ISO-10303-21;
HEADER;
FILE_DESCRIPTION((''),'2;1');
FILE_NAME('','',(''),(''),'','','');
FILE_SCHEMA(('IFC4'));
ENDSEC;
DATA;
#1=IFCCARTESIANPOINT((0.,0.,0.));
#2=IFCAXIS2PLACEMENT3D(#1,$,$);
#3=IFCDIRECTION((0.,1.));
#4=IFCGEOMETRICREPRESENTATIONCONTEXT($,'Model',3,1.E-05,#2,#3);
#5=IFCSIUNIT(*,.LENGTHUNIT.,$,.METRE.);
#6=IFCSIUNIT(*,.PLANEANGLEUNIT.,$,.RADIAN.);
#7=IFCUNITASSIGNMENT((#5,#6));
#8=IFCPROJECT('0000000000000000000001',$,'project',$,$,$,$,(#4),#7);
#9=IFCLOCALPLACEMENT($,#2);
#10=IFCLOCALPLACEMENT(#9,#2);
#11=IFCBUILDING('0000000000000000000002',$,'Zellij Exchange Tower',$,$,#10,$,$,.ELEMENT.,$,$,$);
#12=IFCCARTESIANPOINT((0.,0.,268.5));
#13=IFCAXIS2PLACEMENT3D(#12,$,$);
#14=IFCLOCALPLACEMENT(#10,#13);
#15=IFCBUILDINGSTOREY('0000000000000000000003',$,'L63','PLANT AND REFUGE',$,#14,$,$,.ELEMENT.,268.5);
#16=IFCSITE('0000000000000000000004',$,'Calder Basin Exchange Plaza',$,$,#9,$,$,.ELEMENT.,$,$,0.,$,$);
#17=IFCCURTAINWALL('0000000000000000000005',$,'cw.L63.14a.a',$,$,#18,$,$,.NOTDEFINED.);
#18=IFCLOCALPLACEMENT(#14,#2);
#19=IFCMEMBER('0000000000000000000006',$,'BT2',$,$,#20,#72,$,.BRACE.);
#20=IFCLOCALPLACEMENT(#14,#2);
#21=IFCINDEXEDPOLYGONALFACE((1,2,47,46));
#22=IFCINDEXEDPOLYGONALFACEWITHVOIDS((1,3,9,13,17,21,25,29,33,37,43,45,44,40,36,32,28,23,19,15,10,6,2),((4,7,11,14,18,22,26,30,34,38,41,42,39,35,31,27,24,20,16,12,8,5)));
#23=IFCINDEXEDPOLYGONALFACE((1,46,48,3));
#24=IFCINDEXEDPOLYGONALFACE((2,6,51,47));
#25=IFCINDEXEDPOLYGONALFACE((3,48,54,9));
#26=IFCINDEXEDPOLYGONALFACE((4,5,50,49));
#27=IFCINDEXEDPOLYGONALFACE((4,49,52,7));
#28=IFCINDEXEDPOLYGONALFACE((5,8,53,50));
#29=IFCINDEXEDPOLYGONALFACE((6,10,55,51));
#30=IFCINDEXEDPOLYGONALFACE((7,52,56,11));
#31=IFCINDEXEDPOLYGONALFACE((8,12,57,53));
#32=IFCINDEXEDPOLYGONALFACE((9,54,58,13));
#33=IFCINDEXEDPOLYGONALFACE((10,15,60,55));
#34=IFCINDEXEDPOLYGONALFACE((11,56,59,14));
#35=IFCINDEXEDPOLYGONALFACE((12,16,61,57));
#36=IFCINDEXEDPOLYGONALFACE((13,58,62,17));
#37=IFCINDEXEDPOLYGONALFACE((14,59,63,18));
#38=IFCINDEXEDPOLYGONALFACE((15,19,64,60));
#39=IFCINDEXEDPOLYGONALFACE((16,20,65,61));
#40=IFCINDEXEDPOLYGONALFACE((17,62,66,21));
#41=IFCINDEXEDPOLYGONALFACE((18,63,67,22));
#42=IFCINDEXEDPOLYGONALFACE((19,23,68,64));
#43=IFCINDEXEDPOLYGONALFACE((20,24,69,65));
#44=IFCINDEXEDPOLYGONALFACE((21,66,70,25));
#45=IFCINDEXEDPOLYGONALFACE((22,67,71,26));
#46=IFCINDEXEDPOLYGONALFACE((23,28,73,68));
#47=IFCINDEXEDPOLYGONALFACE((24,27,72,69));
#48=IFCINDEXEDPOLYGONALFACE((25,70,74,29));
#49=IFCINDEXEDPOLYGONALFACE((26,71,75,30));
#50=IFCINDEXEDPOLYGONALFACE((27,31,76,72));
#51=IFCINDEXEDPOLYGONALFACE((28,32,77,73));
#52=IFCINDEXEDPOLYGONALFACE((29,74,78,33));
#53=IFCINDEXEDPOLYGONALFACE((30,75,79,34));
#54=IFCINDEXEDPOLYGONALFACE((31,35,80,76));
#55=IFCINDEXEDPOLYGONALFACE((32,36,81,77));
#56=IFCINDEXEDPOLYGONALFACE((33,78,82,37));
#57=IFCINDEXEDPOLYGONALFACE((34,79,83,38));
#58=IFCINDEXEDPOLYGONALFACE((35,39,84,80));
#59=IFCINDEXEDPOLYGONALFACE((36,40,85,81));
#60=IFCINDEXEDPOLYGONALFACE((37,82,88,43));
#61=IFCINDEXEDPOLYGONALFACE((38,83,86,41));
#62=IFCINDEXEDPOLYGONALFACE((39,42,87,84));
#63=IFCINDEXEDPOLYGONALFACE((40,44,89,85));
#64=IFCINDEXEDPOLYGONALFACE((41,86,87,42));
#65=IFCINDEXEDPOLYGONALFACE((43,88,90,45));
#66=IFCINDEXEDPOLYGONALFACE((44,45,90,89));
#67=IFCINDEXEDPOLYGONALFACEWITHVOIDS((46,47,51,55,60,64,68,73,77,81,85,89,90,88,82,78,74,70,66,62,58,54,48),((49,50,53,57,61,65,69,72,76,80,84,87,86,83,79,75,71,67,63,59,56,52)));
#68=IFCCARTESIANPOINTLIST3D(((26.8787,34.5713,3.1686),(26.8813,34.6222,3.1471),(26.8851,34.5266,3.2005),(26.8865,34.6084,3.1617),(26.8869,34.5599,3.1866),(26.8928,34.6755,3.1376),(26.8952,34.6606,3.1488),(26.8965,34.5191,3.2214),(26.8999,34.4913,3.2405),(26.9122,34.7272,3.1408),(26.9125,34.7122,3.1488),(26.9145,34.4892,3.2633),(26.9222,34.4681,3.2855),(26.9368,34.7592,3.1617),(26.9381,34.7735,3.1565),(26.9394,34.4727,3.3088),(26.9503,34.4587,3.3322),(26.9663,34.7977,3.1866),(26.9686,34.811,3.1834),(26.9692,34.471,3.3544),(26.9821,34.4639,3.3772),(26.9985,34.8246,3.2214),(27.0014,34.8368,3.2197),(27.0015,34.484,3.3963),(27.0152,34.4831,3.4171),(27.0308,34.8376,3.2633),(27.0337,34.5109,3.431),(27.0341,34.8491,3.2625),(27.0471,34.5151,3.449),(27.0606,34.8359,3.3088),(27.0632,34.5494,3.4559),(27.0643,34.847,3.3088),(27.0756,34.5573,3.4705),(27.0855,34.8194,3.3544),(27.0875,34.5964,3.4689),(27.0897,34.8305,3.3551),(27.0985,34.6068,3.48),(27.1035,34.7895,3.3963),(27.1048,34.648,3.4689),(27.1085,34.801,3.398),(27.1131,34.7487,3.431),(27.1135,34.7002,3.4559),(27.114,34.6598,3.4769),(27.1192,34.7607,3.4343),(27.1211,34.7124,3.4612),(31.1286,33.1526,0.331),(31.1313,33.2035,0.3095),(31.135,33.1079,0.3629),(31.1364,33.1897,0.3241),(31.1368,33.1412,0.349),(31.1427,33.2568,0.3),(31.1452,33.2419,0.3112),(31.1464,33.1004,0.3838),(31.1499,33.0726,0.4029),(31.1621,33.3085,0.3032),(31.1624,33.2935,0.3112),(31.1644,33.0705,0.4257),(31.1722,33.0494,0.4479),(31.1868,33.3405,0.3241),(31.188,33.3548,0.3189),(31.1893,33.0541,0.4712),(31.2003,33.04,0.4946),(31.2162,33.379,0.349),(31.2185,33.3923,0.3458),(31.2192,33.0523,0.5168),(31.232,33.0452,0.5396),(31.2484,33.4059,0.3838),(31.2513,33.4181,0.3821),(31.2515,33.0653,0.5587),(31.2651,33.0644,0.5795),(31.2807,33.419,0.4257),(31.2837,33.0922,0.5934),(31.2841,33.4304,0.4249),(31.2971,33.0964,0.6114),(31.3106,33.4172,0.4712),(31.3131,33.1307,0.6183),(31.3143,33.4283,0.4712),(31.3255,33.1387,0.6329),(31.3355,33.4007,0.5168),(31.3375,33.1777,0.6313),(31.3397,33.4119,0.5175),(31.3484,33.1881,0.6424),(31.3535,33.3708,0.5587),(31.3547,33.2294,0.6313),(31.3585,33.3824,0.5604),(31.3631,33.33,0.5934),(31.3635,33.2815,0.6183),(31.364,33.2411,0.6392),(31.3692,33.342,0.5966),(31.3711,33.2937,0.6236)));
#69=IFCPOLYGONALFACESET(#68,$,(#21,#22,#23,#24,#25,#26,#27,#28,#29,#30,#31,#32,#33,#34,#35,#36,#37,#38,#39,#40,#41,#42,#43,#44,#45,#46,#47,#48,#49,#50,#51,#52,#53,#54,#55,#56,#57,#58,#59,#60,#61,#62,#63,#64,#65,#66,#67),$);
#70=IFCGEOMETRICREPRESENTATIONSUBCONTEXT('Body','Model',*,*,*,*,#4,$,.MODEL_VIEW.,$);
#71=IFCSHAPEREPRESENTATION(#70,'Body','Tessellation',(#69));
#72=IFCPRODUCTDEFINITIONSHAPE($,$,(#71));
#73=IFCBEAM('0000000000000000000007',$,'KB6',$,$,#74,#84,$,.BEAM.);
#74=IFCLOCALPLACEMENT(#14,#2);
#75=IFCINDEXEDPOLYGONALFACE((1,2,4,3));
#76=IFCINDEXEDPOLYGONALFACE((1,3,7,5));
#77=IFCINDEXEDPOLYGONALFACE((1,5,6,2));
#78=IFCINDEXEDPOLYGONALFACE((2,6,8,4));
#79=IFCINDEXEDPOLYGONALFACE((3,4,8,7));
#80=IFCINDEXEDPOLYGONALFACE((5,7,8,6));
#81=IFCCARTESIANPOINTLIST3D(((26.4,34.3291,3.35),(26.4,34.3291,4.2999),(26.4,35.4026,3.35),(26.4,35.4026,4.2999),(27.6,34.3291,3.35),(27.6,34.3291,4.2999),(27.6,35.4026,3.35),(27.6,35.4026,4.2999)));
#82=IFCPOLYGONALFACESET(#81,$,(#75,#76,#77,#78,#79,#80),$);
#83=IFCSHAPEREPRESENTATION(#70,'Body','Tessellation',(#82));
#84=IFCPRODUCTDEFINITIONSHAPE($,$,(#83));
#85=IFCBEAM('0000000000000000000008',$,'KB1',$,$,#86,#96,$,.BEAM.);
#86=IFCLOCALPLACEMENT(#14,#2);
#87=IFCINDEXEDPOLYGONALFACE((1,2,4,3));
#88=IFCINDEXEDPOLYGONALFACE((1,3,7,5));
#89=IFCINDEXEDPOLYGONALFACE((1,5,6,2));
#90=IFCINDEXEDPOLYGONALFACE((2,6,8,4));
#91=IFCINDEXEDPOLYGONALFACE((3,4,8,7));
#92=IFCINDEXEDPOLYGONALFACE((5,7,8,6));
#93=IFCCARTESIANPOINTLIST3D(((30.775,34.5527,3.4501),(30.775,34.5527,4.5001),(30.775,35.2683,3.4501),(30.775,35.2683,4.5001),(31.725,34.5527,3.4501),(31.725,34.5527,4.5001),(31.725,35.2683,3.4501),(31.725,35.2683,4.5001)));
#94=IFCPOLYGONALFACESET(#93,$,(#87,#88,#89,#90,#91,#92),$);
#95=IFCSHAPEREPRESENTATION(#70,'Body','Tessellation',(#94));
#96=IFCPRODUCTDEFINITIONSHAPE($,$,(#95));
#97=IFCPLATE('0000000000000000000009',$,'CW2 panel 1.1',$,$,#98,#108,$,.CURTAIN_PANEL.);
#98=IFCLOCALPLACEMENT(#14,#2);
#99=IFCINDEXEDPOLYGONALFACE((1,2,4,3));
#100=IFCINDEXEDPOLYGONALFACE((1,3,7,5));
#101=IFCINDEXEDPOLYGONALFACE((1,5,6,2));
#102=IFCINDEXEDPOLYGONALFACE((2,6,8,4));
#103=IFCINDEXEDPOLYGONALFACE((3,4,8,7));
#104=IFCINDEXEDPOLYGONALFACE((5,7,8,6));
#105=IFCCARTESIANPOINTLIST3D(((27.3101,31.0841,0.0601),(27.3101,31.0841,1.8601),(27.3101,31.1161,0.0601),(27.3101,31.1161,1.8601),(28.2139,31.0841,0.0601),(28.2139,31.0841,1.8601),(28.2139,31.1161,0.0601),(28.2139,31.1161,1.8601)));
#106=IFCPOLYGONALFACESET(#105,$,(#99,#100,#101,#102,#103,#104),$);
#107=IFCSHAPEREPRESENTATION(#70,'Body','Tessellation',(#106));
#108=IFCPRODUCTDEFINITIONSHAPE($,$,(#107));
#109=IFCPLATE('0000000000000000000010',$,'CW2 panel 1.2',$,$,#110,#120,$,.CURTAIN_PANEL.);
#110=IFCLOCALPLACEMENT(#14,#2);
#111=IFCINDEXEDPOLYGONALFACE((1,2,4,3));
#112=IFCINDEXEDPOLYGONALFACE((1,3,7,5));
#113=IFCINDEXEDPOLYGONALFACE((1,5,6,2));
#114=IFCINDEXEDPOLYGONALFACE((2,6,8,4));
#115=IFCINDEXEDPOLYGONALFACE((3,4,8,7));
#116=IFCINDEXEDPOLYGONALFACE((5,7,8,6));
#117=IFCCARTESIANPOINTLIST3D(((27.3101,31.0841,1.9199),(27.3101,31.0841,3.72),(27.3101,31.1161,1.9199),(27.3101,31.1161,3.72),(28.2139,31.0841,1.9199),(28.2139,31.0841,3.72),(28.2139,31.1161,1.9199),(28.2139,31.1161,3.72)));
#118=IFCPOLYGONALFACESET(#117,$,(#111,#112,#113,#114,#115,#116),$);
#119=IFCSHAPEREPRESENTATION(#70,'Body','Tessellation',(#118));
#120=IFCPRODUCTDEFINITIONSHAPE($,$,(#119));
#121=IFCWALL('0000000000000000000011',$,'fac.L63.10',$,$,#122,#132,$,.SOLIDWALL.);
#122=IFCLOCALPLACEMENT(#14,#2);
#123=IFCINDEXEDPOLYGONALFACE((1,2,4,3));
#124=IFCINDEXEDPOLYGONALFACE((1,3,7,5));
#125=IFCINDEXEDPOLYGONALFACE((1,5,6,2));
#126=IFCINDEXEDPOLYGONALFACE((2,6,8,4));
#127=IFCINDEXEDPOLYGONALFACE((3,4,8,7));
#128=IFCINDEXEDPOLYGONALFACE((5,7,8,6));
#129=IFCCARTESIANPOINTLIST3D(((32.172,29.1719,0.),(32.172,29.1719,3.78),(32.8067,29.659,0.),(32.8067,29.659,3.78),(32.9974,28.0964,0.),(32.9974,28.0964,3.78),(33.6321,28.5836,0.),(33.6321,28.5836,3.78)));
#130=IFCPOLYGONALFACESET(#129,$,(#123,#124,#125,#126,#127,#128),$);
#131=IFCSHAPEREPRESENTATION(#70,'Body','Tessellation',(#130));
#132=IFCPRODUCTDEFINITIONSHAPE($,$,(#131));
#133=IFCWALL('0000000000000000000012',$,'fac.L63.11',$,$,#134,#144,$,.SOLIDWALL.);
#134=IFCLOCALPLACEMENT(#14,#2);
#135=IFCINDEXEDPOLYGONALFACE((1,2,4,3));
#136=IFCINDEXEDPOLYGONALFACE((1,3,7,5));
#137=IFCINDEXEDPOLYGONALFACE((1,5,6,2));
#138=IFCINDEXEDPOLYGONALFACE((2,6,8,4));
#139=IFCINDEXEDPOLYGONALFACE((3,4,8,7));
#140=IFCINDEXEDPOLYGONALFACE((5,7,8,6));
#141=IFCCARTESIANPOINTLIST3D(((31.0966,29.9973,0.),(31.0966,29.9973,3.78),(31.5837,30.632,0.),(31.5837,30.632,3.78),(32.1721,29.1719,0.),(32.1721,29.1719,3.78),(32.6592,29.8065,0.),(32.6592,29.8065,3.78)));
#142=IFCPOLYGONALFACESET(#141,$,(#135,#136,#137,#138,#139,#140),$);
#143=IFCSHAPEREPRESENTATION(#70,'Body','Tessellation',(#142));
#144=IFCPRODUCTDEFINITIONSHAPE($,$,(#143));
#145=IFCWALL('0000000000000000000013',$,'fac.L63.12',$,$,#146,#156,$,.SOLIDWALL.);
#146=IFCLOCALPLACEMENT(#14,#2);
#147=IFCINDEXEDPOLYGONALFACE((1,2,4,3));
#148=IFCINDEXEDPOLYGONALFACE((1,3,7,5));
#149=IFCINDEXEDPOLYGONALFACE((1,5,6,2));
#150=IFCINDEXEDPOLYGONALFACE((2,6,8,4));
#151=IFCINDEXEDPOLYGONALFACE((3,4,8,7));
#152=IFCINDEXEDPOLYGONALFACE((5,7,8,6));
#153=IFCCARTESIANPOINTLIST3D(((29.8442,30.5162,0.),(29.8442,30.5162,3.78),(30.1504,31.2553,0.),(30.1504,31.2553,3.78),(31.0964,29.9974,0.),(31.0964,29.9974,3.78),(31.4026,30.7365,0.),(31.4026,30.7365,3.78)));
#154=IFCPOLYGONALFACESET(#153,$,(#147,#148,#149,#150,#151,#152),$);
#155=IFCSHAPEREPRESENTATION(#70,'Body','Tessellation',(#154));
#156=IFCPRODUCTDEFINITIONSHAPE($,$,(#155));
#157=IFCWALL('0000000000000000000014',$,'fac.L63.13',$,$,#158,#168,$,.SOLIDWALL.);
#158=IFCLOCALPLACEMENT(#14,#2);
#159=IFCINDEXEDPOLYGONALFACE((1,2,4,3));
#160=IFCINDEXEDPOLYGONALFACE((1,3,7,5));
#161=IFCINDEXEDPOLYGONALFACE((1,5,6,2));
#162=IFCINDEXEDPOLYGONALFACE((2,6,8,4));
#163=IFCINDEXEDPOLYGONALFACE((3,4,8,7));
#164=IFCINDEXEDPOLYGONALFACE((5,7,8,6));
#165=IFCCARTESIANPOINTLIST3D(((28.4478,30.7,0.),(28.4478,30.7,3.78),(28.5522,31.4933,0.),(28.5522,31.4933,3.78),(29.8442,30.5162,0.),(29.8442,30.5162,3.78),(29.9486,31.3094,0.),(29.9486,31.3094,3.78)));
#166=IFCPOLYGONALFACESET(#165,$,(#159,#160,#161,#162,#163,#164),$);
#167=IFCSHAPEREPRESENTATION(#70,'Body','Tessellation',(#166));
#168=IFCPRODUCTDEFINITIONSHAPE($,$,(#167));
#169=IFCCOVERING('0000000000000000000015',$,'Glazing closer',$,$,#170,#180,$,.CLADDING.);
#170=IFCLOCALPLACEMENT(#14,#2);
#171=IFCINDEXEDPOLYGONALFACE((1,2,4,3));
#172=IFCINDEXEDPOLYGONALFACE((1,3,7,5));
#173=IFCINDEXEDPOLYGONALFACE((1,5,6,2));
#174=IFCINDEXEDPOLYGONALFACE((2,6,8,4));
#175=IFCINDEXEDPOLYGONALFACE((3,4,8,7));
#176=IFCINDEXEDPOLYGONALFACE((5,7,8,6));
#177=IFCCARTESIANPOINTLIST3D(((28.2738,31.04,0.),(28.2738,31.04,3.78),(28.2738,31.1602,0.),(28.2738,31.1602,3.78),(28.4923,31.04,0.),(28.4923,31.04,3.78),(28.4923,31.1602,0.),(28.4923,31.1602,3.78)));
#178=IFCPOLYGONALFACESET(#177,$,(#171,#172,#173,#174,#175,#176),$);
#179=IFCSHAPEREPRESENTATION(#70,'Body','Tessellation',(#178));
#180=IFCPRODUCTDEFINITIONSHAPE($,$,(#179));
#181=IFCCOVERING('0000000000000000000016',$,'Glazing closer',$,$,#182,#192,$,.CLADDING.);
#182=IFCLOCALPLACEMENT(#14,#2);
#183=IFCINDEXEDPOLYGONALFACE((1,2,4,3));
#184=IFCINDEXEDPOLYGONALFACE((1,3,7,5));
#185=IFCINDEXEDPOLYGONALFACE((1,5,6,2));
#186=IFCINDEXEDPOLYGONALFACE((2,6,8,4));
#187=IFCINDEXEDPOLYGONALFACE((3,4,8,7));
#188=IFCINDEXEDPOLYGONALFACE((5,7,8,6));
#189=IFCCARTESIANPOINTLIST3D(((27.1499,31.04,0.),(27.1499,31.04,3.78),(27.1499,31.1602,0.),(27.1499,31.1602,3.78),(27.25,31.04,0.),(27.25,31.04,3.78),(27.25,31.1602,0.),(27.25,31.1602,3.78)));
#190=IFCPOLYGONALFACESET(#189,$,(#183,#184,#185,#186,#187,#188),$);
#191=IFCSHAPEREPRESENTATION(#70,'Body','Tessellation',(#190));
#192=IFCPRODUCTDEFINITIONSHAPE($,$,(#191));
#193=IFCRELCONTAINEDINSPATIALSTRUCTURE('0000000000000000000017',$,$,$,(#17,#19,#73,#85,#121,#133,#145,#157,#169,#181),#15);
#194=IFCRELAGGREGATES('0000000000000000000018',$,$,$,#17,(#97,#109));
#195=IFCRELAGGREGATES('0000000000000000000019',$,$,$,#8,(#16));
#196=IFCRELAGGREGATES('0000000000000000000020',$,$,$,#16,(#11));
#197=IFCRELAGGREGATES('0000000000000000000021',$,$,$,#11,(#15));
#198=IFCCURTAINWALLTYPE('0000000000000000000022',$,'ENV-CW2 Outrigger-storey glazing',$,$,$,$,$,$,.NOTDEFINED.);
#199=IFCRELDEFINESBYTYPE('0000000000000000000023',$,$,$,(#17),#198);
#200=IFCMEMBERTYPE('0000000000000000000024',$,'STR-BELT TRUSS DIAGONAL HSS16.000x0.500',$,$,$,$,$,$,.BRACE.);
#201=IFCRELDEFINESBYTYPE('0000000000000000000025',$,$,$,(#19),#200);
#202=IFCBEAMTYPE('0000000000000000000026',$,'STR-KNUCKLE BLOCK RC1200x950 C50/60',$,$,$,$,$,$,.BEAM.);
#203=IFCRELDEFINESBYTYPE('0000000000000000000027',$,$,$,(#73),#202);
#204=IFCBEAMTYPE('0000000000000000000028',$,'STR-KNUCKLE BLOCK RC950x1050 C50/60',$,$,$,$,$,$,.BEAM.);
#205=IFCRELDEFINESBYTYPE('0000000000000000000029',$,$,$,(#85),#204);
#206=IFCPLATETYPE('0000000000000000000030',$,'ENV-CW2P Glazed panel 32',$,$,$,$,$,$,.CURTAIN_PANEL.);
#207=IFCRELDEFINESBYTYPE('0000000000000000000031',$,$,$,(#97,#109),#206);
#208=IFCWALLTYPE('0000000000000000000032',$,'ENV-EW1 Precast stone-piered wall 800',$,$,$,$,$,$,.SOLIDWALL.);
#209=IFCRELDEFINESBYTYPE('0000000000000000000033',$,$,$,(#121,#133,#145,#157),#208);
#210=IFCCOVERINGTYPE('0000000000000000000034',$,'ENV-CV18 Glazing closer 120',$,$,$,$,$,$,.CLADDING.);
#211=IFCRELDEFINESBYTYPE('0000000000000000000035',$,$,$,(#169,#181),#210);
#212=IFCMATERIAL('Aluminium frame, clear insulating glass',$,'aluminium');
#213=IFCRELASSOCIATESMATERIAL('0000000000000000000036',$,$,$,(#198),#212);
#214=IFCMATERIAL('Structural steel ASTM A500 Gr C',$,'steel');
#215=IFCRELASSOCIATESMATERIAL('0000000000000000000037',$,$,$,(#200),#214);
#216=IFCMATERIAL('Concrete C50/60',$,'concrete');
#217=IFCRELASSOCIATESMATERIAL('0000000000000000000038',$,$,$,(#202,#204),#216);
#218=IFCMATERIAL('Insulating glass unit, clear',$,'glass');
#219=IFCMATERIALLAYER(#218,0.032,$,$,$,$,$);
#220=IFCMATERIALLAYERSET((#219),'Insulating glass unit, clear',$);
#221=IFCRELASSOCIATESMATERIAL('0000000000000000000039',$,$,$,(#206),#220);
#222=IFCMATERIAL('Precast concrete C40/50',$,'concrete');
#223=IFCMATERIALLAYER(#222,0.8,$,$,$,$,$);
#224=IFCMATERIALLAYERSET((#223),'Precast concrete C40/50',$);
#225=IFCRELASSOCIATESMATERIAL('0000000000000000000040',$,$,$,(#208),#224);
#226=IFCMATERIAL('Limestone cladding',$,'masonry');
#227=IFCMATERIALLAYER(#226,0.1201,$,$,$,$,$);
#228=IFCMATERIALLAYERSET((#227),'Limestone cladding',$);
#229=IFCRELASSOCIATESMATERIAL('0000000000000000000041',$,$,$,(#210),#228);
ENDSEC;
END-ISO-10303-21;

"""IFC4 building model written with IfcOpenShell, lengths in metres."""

from ifc_helpers import new_model, si_unit, direction, frame, frame_2d, origin, origin_2d, place, context, subcontext, project, spatial, rectangle, hollow_circle, extrude, material, layer, layer_set, material_profile, profile_set, type_object, element, aggregate, save


model = new_model("IFC4")

# Units and contexts
model_context = context("Model", 3, precision=1e-05, world=origin(), true_north=direction((0.0, 1.0)))
body_context = subcontext(model_context, "Body", "Model", "MODEL_VIEW")
ifc_project = project(units=[si_unit("LENGTHUNIT", "METRE"), si_unit("PLANEANGLEUNIT", "RADIAN")], contexts=[model_context])

# Site, building, storey
site_placement = place(None, origin())
site = spatial("IfcSite", under=ifc_project, at=site_placement, Name="Calder Basin Exchange Plaza", CompositionType="ELEMENT", RefElevation=0.0)
building_placement = place(site_placement, origin())
building = spatial("IfcBuilding", under=site, at=building_placement, Name="Zellij Exchange Tower", CompositionType="ELEMENT")
storey_placement = place(building_placement, frame((0.0, 0.0, 268.5)))
storey = spatial("IfcBuildingStorey", under=building, at=storey_placement, Name="L63", Description="PLANT AND REFUGE", CompositionType="ELEMENT", Elevation=268.5)

# Shared definitions
ifc_material_1 = material(Name="Concrete C50/60", Category="concrete")

# Curtain wall
ifc_material_2 = material(Name="Aluminium frame, clear insulating glass", Category="aluminium")
curtain_wall_type = type_object("IfcCurtainWallType", Name="ENV-CW2 Outrigger-storey glazing", PredefinedType="NOTDEFINED", material=ifc_material_2)
curtain_wall_placement = place(storey_placement, origin())
curtain_wall = element("IfcCurtainWall", 1, at=curtain_wall_placement, inside=storey, type_object=curtain_wall_type, Name="cw.L63.14a.a", PredefinedType="NOTDEFINED")

# Member
ifc_material_3 = material(Name="Structural steel ASTM A500 Gr C", Category="steel")
ifc_material_profile_1 = material_profile(ifc_material_3, hollow_circle(Radius=0.2031, WallThickness=0.0117, at=origin_2d()), Name="STR-BELT TRUSS DIAGONAL HSS16.000x0.500")
ifc_profile_set_1 = profile_set([ifc_material_profile_1], Name="Structural steel ASTM A500 Gr C")
member_type_1 = type_object("IfcMemberType", Name="STR-BELT TRUSS DIAGONAL HSS16.000x0.500", PredefinedType="BRACE", material=ifc_profile_set_1)
member_1_placement = place(storey_placement, frame((27.0, 34.6543, 3.3088), z_axis=(0.801353, -0.267501, -0.535048), x_axis=(0.316636, 0.948547, 0.0)))
element("IfcMember", 2, at=member_1_placement, inside=storey, type_object=member_type_1, Name="BT2", PredefinedType="BRACE", context=body_context, shape_type="SweptSolid", body=[
    extrude(hollow_circle(Radius=0.2031, WallThickness=0.0117, at=origin_2d()), origin(), (0.0, 0.0, 1.0), 5.3035),
])

# Beams
ifc_material_profile_2 = material_profile(ifc_material_1, rectangle(XDim=1.2, YDim=0.95, at=origin_2d()), Name="STR-KNUCKLE BLOCK RC1200x950 C50/60")
ifc_profile_set_2 = profile_set([ifc_material_profile_2], Name="Concrete C50/60")
beam_type_1 = type_object("IfcBeamType", Name="STR-KNUCKLE BLOCK RC1200x950 C50/60", PredefinedType="BEAM", material=ifc_profile_set_2)
beam_1_placement = place(storey_placement, frame((27.0, 34.3291, 3.825), z_axis=(0.0, 1.0, 0.0), x_axis=(-1.0, 0.0, 0.0)))
element("IfcBeam", 3, at=beam_1_placement, inside=storey, type_object=beam_type_1, Name="KB6", PredefinedType="BEAM", context=body_context, shape_type="SweptSolid", body=[
    extrude(rectangle(XDim=1.2, YDim=0.95, at=origin_2d()), origin(), (0.0, 0.0, 1.0), 1.0735),
])
ifc_material_profile_3 = material_profile(ifc_material_1, rectangle(XDim=0.95, YDim=1.05, at=origin_2d()), Name="STR-KNUCKLE BLOCK RC950x1050 C50/60")
ifc_profile_set_3 = profile_set([ifc_material_profile_3], Name="Concrete C50/60")
beam_type_2 = type_object("IfcBeamType", Name="STR-KNUCKLE BLOCK RC950x1050 C50/60", PredefinedType="BEAM", material=ifc_profile_set_3)
beam_2_placement = place(storey_placement, frame((31.25, 34.5527, 3.9751), z_axis=(0.0, 1.0, 0.0), x_axis=(-1.0, 0.0, 0.0)))
element("IfcBeam", 4, at=beam_2_placement, inside=storey, type_object=beam_type_2, Name="KB1", PredefinedType="BEAM", context=body_context, shape_type="SweptSolid", body=[
    extrude(rectangle(XDim=0.95, YDim=1.05, at=origin_2d()), origin(), (0.0, 0.0, 1.0), 0.7156),
])

# Plates
ifc_material_4 = material(Name="Insulating glass unit, clear", Category="glass")
ifc_layer_1 = layer(ifc_material_4, 0.032)
ifc_layer_set_1 = layer_set([ifc_layer_1], Name="Insulating glass unit, clear")
plate_type = type_object("IfcPlateType", Name="ENV-CW2P Glazed panel 32", PredefinedType="CURTAIN_PANEL", material=ifc_layer_set_1)
plate_1_placement = place(storey_placement, frame((27.762, 31.1001, 0.0601), z_axis=(0.0, 0.0, 1.0), x_axis=(-1.0, 0.0, 0.0)))
plate_1 = element("IfcPlate", 5, at=plate_1_placement, type_object=plate_type, Name="CW2 panel 1.1", PredefinedType="CURTAIN_PANEL", context=body_context, shape_type="SweptSolid", body=[
    extrude(rectangle(XDim=0.9038, YDim=0.032, at=origin_2d()), origin(), (0.0, 0.0, 1.0), 1.8),
])
plate_2_placement = place(storey_placement, frame((27.762, 31.1001, 1.9199), z_axis=(0.0, 0.0, 1.0), x_axis=(-1.0, 0.0, 0.0)))
plate_2 = element("IfcPlate", 6, at=plate_2_placement, type_object=plate_type, Name="CW2 panel 1.2", PredefinedType="CURTAIN_PANEL", context=body_context, shape_type="SweptSolid", body=[
    extrude(rectangle(XDim=0.9038, YDim=0.032, at=origin_2d()), origin(), (0.0, 0.0, 1.0), 1.8),
])
aggregate(curtain_wall, [plate_1, plate_2])

# Walls
ifc_material_5 = material(Name="Precast concrete C40/50", Category="concrete")
ifc_layer_2 = layer(ifc_material_5, 0.8)
ifc_layer_set_2 = layer_set([ifc_layer_2], Name="Precast concrete C40/50")
wall_type = type_object("IfcWallType", Name="ENV-EW1 Precast stone-piered wall 800", PredefinedType="SOLIDWALL", material=ifc_layer_set_2)
for number, where, z_axis, x_axis, name in (
    (7, (33.3147, 28.3401, 0.0), (0.0, 0.0, 1.0), (-0.608866, 0.793273, 0.0), "fac.L63.10"),
    (8, (32.4155, 29.4893, 0.0), (0.0, 0.0, 1.0), (-0.793273, 0.608866, 0.0), "fac.L63.11"),
):
    element("IfcWall", number, at=place(storey_placement, frame(where, z_axis=z_axis, x_axis=x_axis)), inside=storey, type_object=wall_type, Name=name, PredefinedType="SOLIDWALL", context=body_context, shape_type="SweptSolid", body=[
        extrude(rectangle(XDim=1.3557, YDim=0.8, at=frame_2d((0.6777, 0.0))), origin(), (0.0, 0.0, 1.0), 3.78),
    ])
wall_1_placement = place(storey_placement, frame((31.2495, 30.3669, 0.0), z_axis=(0.0, 0.0, 1.0), x_axis=(-0.923848, 0.38276, 0.0)))
element("IfcWall", 9, at=wall_1_placement, inside=storey, type_object=wall_type, Name="fac.L63.12", PredefinedType="SOLIDWALL", context=body_context, shape_type="SweptSolid", body=[
    extrude(rectangle(XDim=1.3555, YDim=0.8, at=frame_2d((0.6777, 0.0))), origin(), (0.0, 0.0, 1.0), 3.78),
])
wall_2_placement = place(storey_placement, frame((29.8962, 30.9128, 0.0), z_axis=(0.0, 0.0, 1.0), x_axis=(-0.991446, 0.130517, 0.0)))
element("IfcWall", 10, at=wall_2_placement, inside=storey, type_object=wall_type, Name="fac.L63.13", PredefinedType="SOLIDWALL", context=body_context, shape_type="SweptSolid", body=[
    extrude(rectangle(XDim=1.4084, YDim=0.8, at=frame_2d((0.7041, 0.0))), origin(), (0.0, 0.0, 1.0), 3.78),
])

# Coverings
ifc_material_6 = material(Name="Limestone cladding", Category="masonry")
ifc_layer_3 = layer(ifc_material_6, 0.1201)
ifc_layer_set_3 = layer_set([ifc_layer_3], Name="Limestone cladding")
covering_type = type_object("IfcCoveringType", Name="ENV-CV18 Glazing closer 120", PredefinedType="CLADDING", material=ifc_layer_set_3)
covering_1_placement = place(storey_placement, frame((28.3831, 31.1001, 0.0), z_axis=(0.0, 0.0, 1.0), x_axis=(1.0, 0.0, 0.0)))
element("IfcCovering", 11, at=covering_1_placement, inside=storey, type_object=covering_type, Name="Glazing closer", PredefinedType="CLADDING", context=body_context, shape_type="SweptSolid", body=[
    extrude(rectangle(XDim=0.2185, YDim=0.1201, at=origin_2d()), origin(), (0.0, 0.0, 1.0), 3.78),
])
covering_2_placement = place(storey_placement, frame((27.2, 31.1001, 0.0), z_axis=(0.0, 0.0, 1.0), x_axis=(-1.0, 0.0, 0.0)))
element("IfcCovering", 12, at=covering_2_placement, inside=storey, type_object=covering_type, Name="Glazing closer", PredefinedType="CLADDING", context=body_context, shape_type="SweptSolid", body=[
    extrude(rectangle(XDim=0.1001, YDim=0.1201, at=origin_2d()), origin(), (0.0, 0.0, 1.0), 3.78),
])

save(model, "model.ifc")
